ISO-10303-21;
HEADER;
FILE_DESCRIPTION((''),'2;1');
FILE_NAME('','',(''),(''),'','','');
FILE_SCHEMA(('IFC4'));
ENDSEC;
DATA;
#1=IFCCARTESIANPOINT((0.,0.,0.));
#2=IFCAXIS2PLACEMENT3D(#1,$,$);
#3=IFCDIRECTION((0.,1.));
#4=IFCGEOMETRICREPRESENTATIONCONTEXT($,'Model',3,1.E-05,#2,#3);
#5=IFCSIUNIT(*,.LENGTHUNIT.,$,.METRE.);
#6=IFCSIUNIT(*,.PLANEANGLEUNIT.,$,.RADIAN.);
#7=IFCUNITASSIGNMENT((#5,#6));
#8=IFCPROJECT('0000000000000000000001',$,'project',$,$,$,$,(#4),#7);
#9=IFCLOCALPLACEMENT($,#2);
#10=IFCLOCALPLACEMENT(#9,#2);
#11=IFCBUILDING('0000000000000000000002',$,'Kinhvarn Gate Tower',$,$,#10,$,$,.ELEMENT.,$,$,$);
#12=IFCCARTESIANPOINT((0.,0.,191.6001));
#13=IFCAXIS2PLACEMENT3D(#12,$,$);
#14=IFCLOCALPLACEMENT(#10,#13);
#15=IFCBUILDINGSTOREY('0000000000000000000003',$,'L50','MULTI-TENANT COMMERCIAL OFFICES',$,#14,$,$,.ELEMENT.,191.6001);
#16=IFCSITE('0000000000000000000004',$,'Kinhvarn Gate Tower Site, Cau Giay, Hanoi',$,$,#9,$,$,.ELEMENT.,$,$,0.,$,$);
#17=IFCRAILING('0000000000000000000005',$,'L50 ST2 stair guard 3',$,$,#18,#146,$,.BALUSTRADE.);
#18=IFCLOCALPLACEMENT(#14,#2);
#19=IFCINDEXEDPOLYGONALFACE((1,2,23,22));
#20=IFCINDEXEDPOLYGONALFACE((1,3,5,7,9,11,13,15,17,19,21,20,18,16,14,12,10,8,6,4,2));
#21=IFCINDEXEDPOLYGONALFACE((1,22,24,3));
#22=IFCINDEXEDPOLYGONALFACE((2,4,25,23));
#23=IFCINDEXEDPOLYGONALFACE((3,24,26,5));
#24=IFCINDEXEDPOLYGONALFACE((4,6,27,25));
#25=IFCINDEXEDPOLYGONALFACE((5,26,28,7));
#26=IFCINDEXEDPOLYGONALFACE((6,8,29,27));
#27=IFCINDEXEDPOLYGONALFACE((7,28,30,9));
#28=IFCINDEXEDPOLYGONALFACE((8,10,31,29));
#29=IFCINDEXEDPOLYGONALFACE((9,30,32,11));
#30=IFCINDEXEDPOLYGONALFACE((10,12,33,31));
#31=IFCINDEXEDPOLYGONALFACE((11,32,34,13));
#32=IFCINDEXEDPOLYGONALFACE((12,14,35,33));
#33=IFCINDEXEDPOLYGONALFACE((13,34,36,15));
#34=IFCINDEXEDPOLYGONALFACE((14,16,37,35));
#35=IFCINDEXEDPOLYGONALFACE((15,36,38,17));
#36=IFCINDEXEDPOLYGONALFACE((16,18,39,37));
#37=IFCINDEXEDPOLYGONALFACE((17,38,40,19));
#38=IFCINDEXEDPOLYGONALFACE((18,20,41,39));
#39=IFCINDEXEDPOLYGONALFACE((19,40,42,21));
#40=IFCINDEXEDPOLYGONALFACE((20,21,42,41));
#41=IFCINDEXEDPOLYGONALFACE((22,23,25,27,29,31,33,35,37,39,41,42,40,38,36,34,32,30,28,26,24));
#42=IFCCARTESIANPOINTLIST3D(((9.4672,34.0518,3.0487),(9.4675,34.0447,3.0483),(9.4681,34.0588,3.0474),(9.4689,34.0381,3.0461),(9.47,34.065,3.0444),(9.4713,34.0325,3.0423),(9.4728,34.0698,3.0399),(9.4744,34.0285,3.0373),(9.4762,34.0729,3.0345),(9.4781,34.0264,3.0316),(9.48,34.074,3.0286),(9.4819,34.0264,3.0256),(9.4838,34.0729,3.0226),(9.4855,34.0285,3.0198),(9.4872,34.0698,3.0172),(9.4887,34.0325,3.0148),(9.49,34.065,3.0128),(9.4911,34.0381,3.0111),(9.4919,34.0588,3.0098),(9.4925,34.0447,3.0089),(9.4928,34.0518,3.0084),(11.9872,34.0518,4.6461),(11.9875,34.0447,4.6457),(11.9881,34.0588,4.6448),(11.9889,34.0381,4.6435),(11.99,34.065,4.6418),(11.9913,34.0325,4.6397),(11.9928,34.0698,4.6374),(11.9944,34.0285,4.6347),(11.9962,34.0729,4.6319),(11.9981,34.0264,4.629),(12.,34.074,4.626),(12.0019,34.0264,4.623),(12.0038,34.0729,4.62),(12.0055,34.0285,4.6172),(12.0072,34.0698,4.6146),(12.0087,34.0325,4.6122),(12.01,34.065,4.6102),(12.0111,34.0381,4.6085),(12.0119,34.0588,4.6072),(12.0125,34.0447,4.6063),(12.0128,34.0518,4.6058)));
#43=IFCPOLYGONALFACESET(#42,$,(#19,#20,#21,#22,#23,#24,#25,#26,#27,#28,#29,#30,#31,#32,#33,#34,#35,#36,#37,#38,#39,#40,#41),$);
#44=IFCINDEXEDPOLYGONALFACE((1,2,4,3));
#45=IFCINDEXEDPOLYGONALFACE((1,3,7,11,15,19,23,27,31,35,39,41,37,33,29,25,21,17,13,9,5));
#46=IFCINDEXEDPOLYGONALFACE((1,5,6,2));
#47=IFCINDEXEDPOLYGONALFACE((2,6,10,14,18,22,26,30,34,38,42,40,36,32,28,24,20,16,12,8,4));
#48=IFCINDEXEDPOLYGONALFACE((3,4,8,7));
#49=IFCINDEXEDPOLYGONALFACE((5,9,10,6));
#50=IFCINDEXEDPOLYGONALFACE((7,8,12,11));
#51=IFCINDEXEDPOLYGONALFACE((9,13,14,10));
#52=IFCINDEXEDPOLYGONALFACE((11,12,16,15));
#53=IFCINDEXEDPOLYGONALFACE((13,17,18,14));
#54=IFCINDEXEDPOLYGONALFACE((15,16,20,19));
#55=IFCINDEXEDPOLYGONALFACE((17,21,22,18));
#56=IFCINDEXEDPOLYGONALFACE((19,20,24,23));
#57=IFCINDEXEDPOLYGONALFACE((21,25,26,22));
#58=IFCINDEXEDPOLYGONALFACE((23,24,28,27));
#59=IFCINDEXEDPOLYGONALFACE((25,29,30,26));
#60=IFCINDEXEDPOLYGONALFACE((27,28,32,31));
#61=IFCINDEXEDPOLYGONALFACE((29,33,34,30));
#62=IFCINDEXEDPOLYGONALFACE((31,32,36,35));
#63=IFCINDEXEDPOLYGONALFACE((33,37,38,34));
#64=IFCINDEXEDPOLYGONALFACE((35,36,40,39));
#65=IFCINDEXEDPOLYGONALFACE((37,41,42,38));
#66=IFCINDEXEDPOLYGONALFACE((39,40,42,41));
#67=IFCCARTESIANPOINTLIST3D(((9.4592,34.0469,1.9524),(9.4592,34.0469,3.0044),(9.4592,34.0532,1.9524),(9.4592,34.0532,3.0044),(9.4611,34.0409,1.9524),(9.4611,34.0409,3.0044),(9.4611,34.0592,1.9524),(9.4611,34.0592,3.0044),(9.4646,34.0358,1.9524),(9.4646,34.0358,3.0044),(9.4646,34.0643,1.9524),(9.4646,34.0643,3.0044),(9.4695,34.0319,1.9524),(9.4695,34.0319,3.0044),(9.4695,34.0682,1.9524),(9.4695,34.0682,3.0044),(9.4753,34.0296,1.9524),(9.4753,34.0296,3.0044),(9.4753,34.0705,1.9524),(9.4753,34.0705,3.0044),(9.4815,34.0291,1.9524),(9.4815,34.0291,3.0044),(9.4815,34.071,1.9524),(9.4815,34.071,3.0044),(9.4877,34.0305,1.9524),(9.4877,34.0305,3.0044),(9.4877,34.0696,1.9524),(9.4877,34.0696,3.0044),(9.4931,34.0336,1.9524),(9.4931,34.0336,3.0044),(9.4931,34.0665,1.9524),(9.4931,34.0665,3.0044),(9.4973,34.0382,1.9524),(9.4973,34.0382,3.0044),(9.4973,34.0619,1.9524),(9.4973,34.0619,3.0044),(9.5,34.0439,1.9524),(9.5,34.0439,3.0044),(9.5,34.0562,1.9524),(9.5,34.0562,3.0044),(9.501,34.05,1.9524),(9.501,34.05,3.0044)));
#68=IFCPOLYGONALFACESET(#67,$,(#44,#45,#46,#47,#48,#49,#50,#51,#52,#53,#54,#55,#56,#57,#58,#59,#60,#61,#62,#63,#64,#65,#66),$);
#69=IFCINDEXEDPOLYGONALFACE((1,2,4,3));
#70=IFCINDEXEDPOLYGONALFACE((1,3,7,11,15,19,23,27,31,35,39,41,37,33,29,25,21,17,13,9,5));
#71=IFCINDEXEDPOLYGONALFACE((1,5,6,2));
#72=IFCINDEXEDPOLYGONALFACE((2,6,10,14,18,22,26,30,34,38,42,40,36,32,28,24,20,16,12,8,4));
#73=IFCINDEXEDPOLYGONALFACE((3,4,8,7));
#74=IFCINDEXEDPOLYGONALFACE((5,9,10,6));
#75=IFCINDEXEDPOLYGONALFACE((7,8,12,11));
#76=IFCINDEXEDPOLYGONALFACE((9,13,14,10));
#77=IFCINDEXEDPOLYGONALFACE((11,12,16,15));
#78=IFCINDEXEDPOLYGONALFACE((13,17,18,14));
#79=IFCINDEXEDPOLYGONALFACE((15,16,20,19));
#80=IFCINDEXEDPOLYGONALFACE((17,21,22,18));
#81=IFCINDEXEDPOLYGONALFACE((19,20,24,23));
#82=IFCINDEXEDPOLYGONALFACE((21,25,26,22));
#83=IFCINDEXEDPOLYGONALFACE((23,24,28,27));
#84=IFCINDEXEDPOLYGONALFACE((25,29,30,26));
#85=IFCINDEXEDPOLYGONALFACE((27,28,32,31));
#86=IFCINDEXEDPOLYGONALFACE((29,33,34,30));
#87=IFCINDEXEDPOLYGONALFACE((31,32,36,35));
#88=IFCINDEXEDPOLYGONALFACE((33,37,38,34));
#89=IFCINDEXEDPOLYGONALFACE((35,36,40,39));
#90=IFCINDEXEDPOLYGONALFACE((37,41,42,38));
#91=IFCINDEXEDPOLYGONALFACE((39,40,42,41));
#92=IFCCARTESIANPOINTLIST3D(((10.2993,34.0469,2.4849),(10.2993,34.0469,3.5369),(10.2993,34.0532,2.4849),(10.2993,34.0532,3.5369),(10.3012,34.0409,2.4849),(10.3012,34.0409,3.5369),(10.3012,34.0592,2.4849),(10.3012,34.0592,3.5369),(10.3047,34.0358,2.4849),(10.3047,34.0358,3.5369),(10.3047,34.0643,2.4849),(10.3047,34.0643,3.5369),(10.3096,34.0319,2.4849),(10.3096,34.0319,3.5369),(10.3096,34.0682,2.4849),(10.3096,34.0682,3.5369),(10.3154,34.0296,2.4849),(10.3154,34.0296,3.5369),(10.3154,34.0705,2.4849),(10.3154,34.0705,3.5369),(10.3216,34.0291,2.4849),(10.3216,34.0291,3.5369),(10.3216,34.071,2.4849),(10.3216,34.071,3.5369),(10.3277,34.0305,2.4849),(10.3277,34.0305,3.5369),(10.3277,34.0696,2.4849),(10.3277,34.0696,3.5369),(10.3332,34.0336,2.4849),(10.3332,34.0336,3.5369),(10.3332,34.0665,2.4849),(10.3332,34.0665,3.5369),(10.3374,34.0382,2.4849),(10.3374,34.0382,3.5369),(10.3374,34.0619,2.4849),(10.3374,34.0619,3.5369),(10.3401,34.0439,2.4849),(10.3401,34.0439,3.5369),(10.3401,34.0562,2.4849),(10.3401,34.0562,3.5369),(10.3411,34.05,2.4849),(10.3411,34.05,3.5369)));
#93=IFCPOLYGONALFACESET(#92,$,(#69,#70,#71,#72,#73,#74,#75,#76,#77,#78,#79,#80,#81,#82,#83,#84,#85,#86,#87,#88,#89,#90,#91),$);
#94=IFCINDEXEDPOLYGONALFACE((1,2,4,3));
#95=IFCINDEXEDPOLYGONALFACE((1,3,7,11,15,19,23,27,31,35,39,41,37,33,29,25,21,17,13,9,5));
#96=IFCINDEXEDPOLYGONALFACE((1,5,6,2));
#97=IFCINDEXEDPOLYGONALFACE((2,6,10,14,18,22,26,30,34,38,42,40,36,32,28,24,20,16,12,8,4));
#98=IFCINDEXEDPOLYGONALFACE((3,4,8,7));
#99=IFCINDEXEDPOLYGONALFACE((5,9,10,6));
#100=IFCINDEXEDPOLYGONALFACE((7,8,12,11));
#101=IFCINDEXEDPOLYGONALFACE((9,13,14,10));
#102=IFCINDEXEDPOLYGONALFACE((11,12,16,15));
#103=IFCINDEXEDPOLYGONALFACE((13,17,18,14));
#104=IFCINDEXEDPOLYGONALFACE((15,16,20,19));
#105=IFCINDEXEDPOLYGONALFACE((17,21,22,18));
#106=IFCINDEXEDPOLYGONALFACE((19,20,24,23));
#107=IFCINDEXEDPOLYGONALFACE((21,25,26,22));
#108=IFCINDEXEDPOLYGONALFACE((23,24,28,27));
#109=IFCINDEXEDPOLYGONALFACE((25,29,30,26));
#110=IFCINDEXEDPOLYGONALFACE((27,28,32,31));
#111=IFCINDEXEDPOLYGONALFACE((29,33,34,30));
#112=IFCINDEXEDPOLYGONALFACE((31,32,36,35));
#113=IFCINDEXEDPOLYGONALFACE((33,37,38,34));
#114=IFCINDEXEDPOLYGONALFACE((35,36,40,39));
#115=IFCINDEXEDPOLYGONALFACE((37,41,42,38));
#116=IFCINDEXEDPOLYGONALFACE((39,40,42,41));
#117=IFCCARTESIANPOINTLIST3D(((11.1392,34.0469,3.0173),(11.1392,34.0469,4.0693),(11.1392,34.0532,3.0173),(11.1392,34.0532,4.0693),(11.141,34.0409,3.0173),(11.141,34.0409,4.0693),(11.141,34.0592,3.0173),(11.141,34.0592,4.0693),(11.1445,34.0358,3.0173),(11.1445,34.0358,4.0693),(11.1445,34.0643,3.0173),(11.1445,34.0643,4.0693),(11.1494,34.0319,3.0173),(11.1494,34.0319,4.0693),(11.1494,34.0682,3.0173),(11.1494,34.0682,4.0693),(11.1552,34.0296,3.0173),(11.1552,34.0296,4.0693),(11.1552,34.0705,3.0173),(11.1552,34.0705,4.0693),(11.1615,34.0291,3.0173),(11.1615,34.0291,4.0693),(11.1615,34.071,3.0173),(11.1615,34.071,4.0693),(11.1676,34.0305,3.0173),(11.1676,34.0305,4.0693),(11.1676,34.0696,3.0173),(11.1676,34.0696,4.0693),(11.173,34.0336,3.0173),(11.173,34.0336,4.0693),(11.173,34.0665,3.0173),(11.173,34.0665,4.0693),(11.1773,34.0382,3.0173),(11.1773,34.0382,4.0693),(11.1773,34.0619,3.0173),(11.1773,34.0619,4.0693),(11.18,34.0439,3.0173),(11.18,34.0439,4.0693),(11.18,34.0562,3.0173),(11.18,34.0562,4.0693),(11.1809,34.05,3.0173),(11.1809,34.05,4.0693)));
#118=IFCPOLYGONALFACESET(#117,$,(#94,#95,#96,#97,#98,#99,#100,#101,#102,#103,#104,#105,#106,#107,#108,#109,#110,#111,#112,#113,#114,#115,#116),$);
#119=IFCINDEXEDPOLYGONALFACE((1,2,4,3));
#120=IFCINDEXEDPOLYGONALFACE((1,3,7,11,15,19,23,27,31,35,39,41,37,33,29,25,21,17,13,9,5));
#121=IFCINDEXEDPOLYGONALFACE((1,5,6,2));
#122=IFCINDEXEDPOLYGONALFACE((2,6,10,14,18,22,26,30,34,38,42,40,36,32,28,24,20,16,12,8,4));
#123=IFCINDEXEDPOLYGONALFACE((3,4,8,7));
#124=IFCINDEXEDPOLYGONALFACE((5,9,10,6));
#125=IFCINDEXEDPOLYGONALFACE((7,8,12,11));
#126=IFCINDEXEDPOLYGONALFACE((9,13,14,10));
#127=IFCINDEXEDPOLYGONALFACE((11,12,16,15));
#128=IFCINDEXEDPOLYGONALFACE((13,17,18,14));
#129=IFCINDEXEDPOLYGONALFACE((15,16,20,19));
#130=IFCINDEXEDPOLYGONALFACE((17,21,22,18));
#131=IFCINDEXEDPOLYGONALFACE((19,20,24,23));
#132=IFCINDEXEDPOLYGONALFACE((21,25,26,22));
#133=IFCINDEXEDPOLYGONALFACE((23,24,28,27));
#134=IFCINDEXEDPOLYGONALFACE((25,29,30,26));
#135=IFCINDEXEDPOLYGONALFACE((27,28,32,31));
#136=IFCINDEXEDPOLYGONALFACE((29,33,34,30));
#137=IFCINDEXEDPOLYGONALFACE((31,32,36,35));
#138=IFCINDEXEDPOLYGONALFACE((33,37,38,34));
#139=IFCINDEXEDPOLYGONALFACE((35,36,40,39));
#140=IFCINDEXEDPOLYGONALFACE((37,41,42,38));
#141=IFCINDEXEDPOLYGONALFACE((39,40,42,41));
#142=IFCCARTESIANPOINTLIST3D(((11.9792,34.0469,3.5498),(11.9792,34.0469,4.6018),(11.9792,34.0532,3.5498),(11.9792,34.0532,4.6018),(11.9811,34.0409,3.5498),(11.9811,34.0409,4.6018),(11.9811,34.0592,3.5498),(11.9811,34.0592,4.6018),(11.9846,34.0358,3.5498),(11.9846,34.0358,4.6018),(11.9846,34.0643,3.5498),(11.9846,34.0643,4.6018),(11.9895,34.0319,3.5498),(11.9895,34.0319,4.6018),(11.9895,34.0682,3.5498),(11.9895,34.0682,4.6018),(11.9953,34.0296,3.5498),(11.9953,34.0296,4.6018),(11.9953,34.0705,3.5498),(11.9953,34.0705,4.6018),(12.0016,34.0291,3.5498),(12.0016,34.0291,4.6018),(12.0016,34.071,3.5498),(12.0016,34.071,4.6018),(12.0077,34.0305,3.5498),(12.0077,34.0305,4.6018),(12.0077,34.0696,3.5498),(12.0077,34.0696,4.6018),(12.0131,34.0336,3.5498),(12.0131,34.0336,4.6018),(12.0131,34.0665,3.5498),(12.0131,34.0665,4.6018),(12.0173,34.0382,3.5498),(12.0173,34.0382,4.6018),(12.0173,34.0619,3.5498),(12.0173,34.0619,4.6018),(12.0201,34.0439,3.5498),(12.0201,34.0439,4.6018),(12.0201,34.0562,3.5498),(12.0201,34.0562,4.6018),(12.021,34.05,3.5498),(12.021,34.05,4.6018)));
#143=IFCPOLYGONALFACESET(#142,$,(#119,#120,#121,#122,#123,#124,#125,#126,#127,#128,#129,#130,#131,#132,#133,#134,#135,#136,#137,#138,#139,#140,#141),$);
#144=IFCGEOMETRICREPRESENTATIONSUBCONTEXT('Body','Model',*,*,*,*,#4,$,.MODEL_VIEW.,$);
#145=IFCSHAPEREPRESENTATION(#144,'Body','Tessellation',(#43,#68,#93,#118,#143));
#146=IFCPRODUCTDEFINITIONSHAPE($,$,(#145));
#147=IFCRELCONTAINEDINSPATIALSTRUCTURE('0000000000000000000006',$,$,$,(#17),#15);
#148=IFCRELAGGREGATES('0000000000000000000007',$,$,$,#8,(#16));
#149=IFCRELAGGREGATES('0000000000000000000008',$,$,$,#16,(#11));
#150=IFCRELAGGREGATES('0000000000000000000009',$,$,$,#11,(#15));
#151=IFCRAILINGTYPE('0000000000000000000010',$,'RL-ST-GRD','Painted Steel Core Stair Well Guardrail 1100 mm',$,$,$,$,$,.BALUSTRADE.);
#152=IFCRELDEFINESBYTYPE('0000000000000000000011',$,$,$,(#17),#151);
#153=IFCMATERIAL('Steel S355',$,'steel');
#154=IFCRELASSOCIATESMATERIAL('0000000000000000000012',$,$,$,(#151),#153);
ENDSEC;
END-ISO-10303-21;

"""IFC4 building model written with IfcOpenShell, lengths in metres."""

from ifc_helpers import new_model, si_unit, direction, frame, origin, origin_2d, place, context, subcontext, project, spatial, circle, extrude, material, type_object, element, save


model = new_model("IFC4")

# Units and contexts
model_context = context("Model", 3, precision=1e-05, world=origin(), true_north=direction((0.0, 1.0)))
body_context = subcontext(model_context, "Body", "Model", "MODEL_VIEW")
ifc_project = project(units=[si_unit("LENGTHUNIT", "METRE"), si_unit("PLANEANGLEUNIT", "RADIAN")], contexts=[model_context])

# Site, building, storey
site_placement = place(None, origin())
site = spatial("IfcSite", under=ifc_project, at=site_placement, Name="Kinhvarn Gate Tower Site, Cau Giay, Hanoi", CompositionType="ELEMENT", RefElevation=0.0)
building_placement = place(site_placement, origin())
building = spatial("IfcBuilding", under=site, at=building_placement, Name="Kinhvarn Gate Tower", CompositionType="ELEMENT")
storey_placement = place(building_placement, frame((0.0, 0.0, 191.6001)))
storey = spatial("IfcBuildingStorey", under=building, at=storey_placement, Name="L50", Description="MULTI-TENANT COMMERCIAL OFFICES", CompositionType="ELEMENT", Elevation=191.6001)

# Railing
ifc_material_1 = material(Name="Steel S355", Category="steel")
railing_type_1 = type_object("IfcRailingType", Name="RL-ST-GRD", Description="Painted Steel Core Stair Well Guardrail 1100 mm", PredefinedType="BALUSTRADE", material=ifc_material_1)
railing_1_placement = place(storey_placement, frame((9.48, 34.05, 1.9524)))
element("IfcRailing", 1, at=railing_1_placement, inside=storey, type_object=railing_type_1, Name="L50 ST2 stair guard 3", PredefinedType="BALUSTRADE", context=body_context, shape_type="SweptSolid", body=[
    extrude(circle(Radius=0.0239, at=origin_2d()), frame((0.0, 0.0, 1.0762), z_axis=(0.844607, 0.0, 0.535387), x_axis=(0.0, 1.0, 0.0)), (0.0, 0.0, 1.0), 2.9836),
    extrude(circle(Radius=0.021, at=origin_2d()), origin(), (0.0, 0.0, 1.0), 1.052),
    extrude(circle(Radius=0.021, at=origin_2d()), frame((0.8401, 0.0, 0.5325)), (0.0, 0.0, 1.0), 1.052),
    extrude(circle(Radius=0.021, at=origin_2d()), frame((1.6799, 0.0, 1.0649)), (0.0, 0.0, 1.0), 1.052),
    extrude(circle(Radius=0.021, at=origin_2d()), frame((2.52, 0.0, 1.5974)), (0.0, 0.0, 1.0), 1.052),
])

save(model, "model.ifc")
